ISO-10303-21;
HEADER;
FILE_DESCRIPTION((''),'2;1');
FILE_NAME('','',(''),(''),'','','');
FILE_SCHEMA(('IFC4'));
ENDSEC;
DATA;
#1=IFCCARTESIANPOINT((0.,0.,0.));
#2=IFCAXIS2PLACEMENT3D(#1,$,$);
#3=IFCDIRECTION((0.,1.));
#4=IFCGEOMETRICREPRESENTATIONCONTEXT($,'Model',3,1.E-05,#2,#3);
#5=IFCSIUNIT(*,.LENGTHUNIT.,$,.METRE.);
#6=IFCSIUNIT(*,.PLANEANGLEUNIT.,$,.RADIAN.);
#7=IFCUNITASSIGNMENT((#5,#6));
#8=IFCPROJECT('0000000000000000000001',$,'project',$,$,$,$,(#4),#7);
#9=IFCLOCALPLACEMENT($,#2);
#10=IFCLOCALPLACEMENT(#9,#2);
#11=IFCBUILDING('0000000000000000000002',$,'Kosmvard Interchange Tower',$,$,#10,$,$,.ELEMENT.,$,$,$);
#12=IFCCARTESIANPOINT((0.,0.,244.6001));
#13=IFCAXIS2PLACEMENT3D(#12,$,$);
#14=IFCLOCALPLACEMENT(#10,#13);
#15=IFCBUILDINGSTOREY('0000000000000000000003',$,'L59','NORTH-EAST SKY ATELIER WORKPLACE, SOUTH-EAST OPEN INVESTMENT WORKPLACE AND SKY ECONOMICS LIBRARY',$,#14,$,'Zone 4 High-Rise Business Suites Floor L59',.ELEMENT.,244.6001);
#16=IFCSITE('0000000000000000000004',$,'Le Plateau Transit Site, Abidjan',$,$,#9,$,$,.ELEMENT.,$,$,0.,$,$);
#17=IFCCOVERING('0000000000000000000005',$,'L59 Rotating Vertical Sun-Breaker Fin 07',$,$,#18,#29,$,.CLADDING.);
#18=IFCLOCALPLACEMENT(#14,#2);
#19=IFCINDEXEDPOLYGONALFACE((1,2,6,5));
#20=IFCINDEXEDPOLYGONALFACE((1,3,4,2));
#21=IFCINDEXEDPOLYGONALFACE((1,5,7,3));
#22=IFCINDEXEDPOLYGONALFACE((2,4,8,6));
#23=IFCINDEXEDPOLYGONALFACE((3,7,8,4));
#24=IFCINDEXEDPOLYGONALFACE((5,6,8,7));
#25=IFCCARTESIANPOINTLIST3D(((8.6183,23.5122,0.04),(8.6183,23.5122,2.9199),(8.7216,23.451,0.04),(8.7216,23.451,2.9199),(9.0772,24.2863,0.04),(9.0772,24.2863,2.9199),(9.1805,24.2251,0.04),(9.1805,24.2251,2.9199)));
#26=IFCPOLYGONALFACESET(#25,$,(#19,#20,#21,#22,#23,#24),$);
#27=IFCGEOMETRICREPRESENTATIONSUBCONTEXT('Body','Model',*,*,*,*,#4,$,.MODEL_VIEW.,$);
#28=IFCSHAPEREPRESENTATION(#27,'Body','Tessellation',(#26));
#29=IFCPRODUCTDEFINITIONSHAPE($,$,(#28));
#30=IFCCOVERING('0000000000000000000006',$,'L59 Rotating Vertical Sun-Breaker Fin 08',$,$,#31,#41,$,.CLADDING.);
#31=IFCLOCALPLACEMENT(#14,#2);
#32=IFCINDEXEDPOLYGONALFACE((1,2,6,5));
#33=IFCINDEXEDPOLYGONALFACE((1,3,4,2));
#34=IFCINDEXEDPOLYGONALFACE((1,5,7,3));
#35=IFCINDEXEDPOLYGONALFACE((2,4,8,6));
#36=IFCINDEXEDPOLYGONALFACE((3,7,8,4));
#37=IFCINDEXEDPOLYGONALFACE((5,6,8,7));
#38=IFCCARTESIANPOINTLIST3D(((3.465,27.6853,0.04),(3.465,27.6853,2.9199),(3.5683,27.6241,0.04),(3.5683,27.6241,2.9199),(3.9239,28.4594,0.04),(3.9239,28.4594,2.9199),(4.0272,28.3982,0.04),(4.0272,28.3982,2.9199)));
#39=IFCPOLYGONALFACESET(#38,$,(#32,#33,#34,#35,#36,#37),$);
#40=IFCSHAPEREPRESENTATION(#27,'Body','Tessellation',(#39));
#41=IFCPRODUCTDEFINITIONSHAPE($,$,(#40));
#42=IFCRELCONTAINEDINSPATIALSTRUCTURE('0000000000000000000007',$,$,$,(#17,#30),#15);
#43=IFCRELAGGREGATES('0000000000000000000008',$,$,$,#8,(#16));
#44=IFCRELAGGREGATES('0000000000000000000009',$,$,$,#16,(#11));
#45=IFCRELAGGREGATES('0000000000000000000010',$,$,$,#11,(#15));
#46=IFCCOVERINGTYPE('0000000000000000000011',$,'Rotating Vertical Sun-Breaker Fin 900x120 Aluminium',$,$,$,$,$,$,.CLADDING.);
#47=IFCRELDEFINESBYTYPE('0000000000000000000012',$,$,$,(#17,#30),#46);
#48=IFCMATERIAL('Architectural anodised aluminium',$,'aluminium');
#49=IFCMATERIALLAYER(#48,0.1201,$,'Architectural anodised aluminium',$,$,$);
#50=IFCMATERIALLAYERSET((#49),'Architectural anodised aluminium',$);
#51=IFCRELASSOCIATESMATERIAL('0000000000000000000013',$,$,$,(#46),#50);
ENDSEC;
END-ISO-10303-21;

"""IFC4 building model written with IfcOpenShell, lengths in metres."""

from ifc_helpers import new_model, si_unit, direction, frame, origin, origin_2d, place, context, subcontext, project, spatial, rectangle, extrude, source, transform, mapped, material, layer, layer_set, type_object, element, save


model = new_model("IFC4")

# Units and contexts
model_context = context("Model", 3, precision=1e-05, world=origin(), true_north=direction((0.0, 1.0)))
body_context = subcontext(model_context, "Body", "Model", "MODEL_VIEW")
ifc_project = project(units=[si_unit("LENGTHUNIT", "METRE"), si_unit("PLANEANGLEUNIT", "RADIAN")], contexts=[model_context])

# Site, building, storey
site_placement = place(None, origin())
site = spatial("IfcSite", under=ifc_project, at=site_placement, Name="Le Plateau Transit Site, Abidjan", CompositionType="ELEMENT", RefElevation=0.0)
building_placement = place(site_placement, origin())
building = spatial("IfcBuilding", under=site, at=building_placement, Name="Kosmvard Interchange Tower", CompositionType="ELEMENT")
storey_placement = place(building_placement, frame((0.0, 0.0, 244.6001)))
storey = spatial("IfcBuildingStorey", under=building, at=storey_placement, Name="L59", Description="NORTH-EAST SKY ATELIER WORKPLACE, SOUTH-EAST OPEN INVESTMENT WORKPLACE AND SKY ECONOMICS LIBRARY", LongName="Zone 4 High-Rise Business Suites Floor L59", CompositionType="ELEMENT", Elevation=244.6001)

# Coverings
ifc_material_1 = material(Name="Architectural anodised aluminium", Category="aluminium")
ifc_layer_1 = layer(ifc_material_1, 0.1201, Name="Architectural anodised aluminium")
ifc_layer_set_1 = layer_set([ifc_layer_1], Name="Architectural anodised aluminium")
covering_type = type_object("IfcCoveringType", Name="Rotating Vertical Sun-Breaker Fin 900x120 Aluminium", PredefinedType="CLADDING", material=ifc_layer_set_1)
shared_shape_1 = source(origin(), body_context, "Body", "SweptSolid", [
    extrude(rectangle(XDim=0.8999, YDim=0.1201, at=origin_2d()), origin(), (0.0, 0.0, 1.0), 2.8799),
])
for number, where, z_axis, x_axis, name in (
    (1, (8.8994, 23.8687, 0.04), (0.0, 0.0, 1.0), (0.509943, 0.860208, 0.0), "L59 Rotating Vertical Sun-Breaker Fin 07"),
    (2, (3.7461, 28.0417, 0.04), (0.0, 0.0, 1.0), (0.509943, 0.860208, 0.0), "L59 Rotating Vertical Sun-Breaker Fin 08"),
):
    element("IfcCovering", number, at=place(storey_placement, frame(where, z_axis=z_axis, x_axis=x_axis)), inside=storey, type_object=covering_type, Name=name, PredefinedType="CLADDING", context=body_context, shape_type="MappedRepresentation", body=[
        mapped(shared_shape_1, transform((0.0, 0.0, 0.0), scale=1.0)),
    ])

save(model, "model.ifc")
